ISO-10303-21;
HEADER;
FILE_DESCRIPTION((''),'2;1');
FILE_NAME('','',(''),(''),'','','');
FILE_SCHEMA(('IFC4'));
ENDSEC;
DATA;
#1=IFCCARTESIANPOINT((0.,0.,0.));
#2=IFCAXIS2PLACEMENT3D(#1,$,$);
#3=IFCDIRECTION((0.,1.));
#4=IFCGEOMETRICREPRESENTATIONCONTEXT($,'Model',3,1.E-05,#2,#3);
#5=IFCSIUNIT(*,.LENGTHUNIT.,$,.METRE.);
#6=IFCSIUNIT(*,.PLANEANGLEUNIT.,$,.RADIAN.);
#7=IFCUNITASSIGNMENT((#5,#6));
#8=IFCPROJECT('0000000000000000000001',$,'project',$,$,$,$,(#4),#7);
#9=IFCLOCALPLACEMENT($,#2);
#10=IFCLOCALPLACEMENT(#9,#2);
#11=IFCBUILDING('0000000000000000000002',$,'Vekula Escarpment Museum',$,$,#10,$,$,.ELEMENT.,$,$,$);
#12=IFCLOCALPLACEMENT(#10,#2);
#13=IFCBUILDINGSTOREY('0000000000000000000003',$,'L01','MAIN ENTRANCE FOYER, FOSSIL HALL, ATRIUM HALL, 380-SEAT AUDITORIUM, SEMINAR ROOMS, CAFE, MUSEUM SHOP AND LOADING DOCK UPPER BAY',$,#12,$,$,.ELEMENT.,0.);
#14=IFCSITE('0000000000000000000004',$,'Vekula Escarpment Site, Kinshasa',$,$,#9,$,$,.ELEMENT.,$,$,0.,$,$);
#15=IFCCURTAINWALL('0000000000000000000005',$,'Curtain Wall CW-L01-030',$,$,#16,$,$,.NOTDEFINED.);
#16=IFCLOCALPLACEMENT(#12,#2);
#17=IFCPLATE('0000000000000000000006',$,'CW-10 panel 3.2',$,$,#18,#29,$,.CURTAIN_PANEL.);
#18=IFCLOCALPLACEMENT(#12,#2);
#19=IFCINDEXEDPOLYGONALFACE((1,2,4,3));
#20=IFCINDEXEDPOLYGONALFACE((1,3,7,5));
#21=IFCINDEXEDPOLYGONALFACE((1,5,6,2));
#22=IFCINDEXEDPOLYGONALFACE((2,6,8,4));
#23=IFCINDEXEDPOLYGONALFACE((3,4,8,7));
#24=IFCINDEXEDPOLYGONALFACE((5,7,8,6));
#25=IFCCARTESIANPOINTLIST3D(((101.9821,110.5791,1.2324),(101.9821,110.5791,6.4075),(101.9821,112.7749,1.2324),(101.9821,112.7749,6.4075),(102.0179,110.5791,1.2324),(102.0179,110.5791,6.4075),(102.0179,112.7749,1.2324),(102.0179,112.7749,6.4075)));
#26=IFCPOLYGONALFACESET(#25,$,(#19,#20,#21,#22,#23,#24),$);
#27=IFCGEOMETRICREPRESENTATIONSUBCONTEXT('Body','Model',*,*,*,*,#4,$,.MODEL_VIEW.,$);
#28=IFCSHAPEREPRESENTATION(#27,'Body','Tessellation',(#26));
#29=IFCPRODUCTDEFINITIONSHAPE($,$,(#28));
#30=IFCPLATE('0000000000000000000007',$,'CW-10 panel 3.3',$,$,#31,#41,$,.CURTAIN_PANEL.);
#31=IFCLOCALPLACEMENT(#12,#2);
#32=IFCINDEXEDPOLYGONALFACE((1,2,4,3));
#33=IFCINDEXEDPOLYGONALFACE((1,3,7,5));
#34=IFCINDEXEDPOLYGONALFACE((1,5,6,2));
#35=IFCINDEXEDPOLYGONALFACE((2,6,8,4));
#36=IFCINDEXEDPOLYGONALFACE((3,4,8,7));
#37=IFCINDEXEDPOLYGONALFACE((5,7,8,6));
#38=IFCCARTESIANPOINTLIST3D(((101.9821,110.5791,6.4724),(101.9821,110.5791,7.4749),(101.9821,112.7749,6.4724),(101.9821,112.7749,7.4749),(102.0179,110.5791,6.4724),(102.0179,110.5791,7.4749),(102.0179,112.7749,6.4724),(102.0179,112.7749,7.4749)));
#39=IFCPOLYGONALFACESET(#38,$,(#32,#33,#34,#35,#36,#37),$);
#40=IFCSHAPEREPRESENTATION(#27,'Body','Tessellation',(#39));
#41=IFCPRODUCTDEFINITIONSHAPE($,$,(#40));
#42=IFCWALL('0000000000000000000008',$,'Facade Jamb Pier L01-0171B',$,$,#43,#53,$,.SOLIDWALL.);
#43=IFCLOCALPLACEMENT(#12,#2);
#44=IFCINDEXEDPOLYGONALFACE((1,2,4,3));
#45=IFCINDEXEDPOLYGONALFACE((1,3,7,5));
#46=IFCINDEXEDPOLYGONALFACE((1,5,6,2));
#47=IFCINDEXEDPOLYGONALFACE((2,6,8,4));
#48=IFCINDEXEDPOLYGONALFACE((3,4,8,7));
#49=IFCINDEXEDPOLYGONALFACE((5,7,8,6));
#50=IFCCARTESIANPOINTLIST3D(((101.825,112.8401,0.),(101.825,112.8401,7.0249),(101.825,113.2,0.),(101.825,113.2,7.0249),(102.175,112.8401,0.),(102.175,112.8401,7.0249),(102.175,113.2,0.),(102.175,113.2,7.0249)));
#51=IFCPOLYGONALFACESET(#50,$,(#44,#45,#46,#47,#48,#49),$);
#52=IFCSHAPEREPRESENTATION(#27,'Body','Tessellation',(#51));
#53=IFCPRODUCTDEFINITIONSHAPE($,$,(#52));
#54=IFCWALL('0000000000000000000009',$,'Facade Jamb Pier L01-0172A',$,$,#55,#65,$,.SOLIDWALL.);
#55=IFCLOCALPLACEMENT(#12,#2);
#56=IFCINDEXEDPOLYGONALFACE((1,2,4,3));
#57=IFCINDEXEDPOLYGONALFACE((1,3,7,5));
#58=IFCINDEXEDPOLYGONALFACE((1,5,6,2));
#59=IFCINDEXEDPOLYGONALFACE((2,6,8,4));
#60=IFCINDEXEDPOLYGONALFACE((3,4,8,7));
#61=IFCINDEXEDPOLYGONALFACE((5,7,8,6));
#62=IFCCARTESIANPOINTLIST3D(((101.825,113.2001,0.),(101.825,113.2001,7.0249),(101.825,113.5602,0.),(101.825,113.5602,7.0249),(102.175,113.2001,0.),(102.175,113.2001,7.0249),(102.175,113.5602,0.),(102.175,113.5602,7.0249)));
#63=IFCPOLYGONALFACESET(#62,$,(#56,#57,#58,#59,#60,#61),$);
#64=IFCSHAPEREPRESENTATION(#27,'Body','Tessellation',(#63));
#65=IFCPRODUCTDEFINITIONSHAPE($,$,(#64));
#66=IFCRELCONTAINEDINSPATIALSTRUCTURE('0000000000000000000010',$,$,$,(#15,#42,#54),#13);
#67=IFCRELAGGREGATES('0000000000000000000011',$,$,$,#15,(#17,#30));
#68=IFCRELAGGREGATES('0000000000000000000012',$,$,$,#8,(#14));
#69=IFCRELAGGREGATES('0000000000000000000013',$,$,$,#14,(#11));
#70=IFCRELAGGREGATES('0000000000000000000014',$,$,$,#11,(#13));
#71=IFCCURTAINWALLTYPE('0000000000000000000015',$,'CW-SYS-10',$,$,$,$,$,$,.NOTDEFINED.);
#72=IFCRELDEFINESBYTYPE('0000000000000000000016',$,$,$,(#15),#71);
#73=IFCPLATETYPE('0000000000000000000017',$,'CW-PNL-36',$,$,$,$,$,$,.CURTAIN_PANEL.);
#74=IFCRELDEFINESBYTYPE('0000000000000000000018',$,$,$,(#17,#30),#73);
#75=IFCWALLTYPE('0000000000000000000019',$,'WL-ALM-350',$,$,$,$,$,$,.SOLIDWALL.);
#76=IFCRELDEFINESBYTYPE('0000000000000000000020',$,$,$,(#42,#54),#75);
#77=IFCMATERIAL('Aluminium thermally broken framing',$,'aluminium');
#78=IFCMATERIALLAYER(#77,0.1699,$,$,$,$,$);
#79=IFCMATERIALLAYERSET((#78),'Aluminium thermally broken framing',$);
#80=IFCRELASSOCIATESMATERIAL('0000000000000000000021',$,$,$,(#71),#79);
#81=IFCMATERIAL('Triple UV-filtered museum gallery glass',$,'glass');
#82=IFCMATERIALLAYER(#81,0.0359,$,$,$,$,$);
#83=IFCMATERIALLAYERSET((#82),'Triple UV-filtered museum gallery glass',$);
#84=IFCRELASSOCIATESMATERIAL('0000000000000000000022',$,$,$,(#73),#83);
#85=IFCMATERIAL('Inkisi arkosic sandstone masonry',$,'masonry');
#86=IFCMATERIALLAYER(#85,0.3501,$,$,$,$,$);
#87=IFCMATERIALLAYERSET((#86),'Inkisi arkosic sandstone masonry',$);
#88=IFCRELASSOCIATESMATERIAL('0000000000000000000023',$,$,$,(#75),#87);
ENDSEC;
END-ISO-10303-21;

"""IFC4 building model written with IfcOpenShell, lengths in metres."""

from ifc_helpers import new_model, si_unit, direction, frame, frame_2d, origin, origin_2d, place, context, subcontext, project, spatial, rectangle, extrude, material, layer, layer_set, type_object, element, aggregate, save


model = new_model("IFC4")

# Units and contexts
model_context = context("Model", 3, precision=1e-05, world=origin(), true_north=direction((0.0, 1.0)))
body_context = subcontext(model_context, "Body", "Model", "MODEL_VIEW")
ifc_project = project(units=[si_unit("LENGTHUNIT", "METRE"), si_unit("PLANEANGLEUNIT", "RADIAN")], contexts=[model_context])

# Site, building, storey
site_placement = place(None, origin())
site = spatial("IfcSite", under=ifc_project, at=site_placement, Name="Vekula Escarpment Site, Kinshasa", CompositionType="ELEMENT", RefElevation=0.0)
building_placement = place(site_placement, origin())
building = spatial("IfcBuilding", under=site, at=building_placement, Name="Vekula Escarpment Museum", CompositionType="ELEMENT")
storey_placement = place(building_placement, origin())
storey = spatial("IfcBuildingStorey", under=building, at=storey_placement, Name="L01", Description="MAIN ENTRANCE FOYER, FOSSIL HALL, ATRIUM HALL, 380-SEAT AUDITORIUM, SEMINAR ROOMS, CAFE, MUSEUM SHOP AND LOADING DOCK UPPER BAY", CompositionType="ELEMENT", Elevation=0.0)

# Curtain wall, plates
ifc_material_1 = material(Name="Aluminium thermally broken framing", Category="aluminium")
ifc_layer_1 = layer(ifc_material_1, 0.1699)
ifc_layer_set_1 = layer_set([ifc_layer_1], Name="Aluminium thermally broken framing")
curtain_wall_type = type_object("IfcCurtainWallType", Name="CW-SYS-10", PredefinedType="NOTDEFINED", material=ifc_layer_set_1)
curtain_wall_placement = place(storey_placement, origin())
curtain_wall = element("IfcCurtainWall", 1, at=curtain_wall_placement, inside=storey, type_object=curtain_wall_type, Name="Curtain Wall CW-L01-030", PredefinedType="NOTDEFINED")
ifc_material_2 = material(Name="Triple UV-filtered museum gallery glass", Category="glass")
ifc_layer_2 = layer(ifc_material_2, 0.0359)
ifc_layer_set_2 = layer_set([ifc_layer_2], Name="Triple UV-filtered museum gallery glass")
plate_type = type_object("IfcPlateType", Name="CW-PNL-36", PredefinedType="CURTAIN_PANEL", material=ifc_layer_set_2)
plate_1_placement = place(storey_placement, frame((102.0, 111.677, 1.2324), z_axis=(0.0, 0.0, 1.0), x_axis=(0.0, 1.0, 0.0)))
plate_1 = element("IfcPlate", 2, at=plate_1_placement, type_object=plate_type, Name="CW-10 panel 3.2", PredefinedType="CURTAIN_PANEL", context=body_context, shape_type="SweptSolid", body=[
    extrude(rectangle(XDim=2.1958, YDim=0.0359, at=origin_2d()), origin(), (0.0, 0.0, 1.0), 5.175),
])
plate_2_placement = place(storey_placement, frame((102.0, 111.677, 6.4724), z_axis=(0.0, 0.0, 1.0), x_axis=(0.0, 1.0, 0.0)))
plate_2 = element("IfcPlate", 3, at=plate_2_placement, type_object=plate_type, Name="CW-10 panel 3.3", PredefinedType="CURTAIN_PANEL", context=body_context, shape_type="SweptSolid", body=[
    extrude(rectangle(XDim=2.1958, YDim=0.0359, at=origin_2d()), origin(), (0.0, 0.0, 1.0), 1.0024),
])
aggregate(curtain_wall, [plate_1, plate_2])

# Walls
ifc_material_3 = material(Name="Inkisi arkosic sandstone masonry", Category="masonry")
ifc_layer_3 = layer(ifc_material_3, 0.3501)
ifc_layer_set_3 = layer_set([ifc_layer_3], Name="Inkisi arkosic sandstone masonry")
wall_type = type_object("IfcWallType", Name="WL-ALM-350", PredefinedType="SOLIDWALL", material=ifc_layer_set_3)
wall_1_placement = place(storey_placement, frame((102.0, 112.8401, 0.0), z_axis=(0.0, 0.0, 1.0), x_axis=(0.0, 1.0, 0.0)))
element("IfcWall", 4, at=wall_1_placement, inside=storey, type_object=wall_type, Name="Facade Jamb Pier L01-0171B", PredefinedType="SOLIDWALL", context=body_context, shape_type="SweptSolid", body=[
    extrude(rectangle(XDim=0.3599, YDim=0.3501, at=frame_2d((0.1799, 0.0))), origin(), (0.0, 0.0, 1.0), 7.0249),
])
wall_2_placement = place(storey_placement, frame((102.0, 113.2, 0.0), z_axis=(0.0, 0.0, 1.0), x_axis=(0.0, 1.0, 0.0)))
element("IfcWall", 5, at=wall_2_placement, inside=storey, type_object=wall_type, Name="Facade Jamb Pier L01-0172A", PredefinedType="SOLIDWALL", context=body_context, shape_type="SweptSolid", body=[
    extrude(rectangle(XDim=0.3601, YDim=0.3501, at=frame_2d((0.1802, 0.0))), origin(), (0.0, 0.0, 1.0), 7.0249),
])

save(model, "model.ifc")
